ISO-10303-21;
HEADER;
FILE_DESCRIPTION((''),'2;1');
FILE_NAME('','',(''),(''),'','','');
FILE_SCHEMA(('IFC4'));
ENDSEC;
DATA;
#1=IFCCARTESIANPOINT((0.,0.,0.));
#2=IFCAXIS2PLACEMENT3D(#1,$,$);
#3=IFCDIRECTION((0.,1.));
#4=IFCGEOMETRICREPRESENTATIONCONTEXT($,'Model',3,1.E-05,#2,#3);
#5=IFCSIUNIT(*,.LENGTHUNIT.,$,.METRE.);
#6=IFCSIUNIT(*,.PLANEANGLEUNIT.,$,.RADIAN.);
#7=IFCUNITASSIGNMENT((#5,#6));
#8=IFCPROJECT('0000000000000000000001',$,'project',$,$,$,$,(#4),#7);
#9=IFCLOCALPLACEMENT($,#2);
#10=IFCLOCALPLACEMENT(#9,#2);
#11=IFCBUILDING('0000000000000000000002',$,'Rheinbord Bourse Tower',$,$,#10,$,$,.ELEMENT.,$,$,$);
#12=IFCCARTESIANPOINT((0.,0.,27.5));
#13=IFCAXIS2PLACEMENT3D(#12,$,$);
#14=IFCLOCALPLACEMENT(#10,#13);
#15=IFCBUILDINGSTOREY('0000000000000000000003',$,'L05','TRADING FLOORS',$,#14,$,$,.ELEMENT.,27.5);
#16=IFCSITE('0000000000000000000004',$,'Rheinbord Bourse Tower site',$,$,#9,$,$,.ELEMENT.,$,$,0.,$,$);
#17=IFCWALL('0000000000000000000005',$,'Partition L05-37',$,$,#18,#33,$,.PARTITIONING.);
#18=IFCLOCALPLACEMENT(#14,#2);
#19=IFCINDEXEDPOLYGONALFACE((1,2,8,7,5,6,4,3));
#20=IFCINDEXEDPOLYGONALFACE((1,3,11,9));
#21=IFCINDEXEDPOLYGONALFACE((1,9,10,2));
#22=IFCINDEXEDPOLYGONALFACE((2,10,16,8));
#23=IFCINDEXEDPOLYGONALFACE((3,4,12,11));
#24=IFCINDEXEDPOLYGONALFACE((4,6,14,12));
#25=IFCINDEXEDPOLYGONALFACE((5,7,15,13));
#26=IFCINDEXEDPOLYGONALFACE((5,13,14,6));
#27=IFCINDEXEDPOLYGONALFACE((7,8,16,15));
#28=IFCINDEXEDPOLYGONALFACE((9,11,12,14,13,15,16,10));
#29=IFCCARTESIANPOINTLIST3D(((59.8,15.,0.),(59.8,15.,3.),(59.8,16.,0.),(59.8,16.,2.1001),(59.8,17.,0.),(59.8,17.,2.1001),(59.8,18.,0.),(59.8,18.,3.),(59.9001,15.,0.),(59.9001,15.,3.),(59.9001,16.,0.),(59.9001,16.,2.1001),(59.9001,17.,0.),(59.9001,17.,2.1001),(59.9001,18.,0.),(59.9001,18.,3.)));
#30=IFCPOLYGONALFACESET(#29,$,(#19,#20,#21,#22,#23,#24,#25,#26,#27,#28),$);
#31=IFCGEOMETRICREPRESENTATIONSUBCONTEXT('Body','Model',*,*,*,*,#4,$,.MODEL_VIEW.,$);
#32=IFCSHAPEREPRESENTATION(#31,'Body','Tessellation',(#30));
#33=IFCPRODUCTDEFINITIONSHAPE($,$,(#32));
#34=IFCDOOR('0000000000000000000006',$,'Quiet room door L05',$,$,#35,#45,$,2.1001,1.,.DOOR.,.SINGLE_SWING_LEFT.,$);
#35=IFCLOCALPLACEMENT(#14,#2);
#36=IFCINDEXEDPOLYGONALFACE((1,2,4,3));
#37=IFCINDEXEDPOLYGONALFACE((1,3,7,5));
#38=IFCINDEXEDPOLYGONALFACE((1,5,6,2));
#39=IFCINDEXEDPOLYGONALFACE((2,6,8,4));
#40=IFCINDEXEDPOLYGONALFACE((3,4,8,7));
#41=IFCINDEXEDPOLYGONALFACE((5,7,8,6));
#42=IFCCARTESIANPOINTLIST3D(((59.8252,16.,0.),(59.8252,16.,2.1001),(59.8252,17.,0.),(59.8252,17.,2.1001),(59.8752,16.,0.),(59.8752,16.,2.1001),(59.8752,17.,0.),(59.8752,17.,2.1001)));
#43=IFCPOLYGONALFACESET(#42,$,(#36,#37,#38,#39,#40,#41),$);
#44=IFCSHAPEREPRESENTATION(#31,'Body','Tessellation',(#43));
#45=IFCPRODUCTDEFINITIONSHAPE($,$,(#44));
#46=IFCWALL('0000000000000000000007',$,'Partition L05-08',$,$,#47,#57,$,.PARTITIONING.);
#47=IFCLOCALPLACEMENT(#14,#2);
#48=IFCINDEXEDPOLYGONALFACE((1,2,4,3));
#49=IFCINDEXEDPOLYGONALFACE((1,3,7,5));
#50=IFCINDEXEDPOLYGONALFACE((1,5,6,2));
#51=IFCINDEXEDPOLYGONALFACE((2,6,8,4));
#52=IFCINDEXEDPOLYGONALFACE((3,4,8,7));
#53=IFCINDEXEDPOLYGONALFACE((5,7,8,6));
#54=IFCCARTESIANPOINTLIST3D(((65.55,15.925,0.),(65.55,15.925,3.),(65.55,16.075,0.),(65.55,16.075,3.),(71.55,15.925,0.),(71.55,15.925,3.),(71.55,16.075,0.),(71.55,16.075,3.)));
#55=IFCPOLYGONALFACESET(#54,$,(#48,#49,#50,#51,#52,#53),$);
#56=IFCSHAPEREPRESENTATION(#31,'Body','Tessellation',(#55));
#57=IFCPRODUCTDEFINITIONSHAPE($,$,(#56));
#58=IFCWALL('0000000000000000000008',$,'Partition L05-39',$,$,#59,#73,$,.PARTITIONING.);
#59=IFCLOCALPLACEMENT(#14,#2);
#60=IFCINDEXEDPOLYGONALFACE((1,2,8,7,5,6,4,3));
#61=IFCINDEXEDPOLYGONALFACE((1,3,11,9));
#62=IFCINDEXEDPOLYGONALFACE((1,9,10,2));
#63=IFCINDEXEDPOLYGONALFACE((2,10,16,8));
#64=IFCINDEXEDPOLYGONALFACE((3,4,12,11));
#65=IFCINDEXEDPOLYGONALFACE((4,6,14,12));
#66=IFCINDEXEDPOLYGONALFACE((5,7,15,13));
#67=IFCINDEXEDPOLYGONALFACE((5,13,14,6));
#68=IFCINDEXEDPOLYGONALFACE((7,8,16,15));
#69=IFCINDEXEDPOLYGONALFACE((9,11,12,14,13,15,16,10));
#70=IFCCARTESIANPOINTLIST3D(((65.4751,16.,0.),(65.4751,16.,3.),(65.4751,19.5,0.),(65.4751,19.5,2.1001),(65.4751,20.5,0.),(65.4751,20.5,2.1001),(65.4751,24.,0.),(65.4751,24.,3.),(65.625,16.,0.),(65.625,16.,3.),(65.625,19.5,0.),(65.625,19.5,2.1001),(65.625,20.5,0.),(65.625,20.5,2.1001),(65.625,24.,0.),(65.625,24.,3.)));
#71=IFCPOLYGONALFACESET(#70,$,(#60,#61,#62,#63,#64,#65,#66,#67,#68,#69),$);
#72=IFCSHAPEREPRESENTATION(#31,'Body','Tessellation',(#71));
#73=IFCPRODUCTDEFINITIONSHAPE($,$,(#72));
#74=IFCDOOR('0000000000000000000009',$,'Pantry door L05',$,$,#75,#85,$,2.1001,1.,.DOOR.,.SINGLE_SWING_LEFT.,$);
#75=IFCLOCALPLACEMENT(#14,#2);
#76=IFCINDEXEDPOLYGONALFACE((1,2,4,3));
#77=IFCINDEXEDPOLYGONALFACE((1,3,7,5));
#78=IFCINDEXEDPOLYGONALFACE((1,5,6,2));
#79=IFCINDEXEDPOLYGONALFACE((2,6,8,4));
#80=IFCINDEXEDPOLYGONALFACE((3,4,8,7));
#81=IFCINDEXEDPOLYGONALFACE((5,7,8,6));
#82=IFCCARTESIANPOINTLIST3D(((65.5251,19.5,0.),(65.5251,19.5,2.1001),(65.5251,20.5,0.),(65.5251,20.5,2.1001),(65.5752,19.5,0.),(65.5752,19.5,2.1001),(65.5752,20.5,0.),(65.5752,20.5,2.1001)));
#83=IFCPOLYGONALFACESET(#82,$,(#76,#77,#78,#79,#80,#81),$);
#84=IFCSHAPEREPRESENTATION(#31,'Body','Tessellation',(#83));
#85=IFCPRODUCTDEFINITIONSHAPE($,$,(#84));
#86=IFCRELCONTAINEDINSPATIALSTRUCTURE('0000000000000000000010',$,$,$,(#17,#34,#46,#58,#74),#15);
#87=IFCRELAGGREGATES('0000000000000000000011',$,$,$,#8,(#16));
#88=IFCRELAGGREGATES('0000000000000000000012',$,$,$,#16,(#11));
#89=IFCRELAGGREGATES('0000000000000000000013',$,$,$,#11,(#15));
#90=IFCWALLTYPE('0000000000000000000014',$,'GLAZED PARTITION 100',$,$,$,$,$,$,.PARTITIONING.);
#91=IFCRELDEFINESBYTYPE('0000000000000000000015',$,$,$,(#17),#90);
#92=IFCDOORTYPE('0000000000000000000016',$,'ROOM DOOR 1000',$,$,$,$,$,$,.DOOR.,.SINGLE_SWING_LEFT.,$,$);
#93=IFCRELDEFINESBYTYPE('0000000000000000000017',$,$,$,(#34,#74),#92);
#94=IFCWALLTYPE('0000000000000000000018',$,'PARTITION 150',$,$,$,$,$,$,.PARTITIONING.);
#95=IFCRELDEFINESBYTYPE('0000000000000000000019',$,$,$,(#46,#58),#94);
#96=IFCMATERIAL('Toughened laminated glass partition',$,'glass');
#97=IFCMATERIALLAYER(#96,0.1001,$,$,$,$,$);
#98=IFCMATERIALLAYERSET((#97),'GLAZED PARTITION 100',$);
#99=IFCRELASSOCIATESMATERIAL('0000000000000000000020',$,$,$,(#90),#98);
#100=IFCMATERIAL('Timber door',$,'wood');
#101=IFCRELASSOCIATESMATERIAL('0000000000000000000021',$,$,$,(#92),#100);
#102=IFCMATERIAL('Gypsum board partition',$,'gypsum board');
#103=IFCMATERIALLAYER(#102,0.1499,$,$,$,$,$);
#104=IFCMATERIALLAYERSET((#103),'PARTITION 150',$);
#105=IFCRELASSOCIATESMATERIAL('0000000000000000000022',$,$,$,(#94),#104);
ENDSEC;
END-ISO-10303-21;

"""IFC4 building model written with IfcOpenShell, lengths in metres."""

from ifc_helpers import new_model, si_unit, direction, frame, frame_2d, origin, place, context, subcontext, project, spatial, rectangle, extrude, material, layer, layer_set, type_object, element, fill, save


model = new_model("IFC4")

# Units and contexts
model_context = context("Model", 3, precision=1e-05, world=origin(), true_north=direction((0.0, 1.0)))
body_context = subcontext(model_context, "Body", "Model", "MODEL_VIEW")
ifc_project = project(units=[si_unit("LENGTHUNIT", "METRE"), si_unit("PLANEANGLEUNIT", "RADIAN")], contexts=[model_context])

# Site, building, storey
site_placement = place(None, origin())
site = spatial("IfcSite", under=ifc_project, at=site_placement, Name="Rheinbord Bourse Tower site", CompositionType="ELEMENT", RefElevation=0.0)
building_placement = place(site_placement, origin())
building = spatial("IfcBuilding", under=site, at=building_placement, Name="Rheinbord Bourse Tower", CompositionType="ELEMENT")
storey_placement = place(building_placement, frame((0.0, 0.0, 27.5)))
storey = spatial("IfcBuildingStorey", under=building, at=storey_placement, Name="L05", Description="TRADING FLOORS", CompositionType="ELEMENT", Elevation=27.5)

# Shared definitions
ifc_material_1 = material(Name="Toughened laminated glass partition", Category="glass")
ifc_layer_1 = layer(ifc_material_1, 0.1001)
ifc_layer_set_1 = layer_set([ifc_layer_1], Name="GLAZED PARTITION 100")
wall_type_1 = type_object("IfcWallType", Name="GLAZED PARTITION 100", PredefinedType="PARTITIONING", material=ifc_layer_set_1)

# Wall, opening, door
wall_1_placement = place(storey_placement, frame((59.8501, 15.0, 0.0), z_axis=(0.0, 0.0, 1.0), x_axis=(0.0, 1.0, 0.0)))
wall_1 = element("IfcWall", 1, at=wall_1_placement, inside=storey, type_object=wall_type_1, Name="Partition L05-37", PredefinedType="PARTITIONING", context=body_context, shape_type="SweptSolid", body=[
    extrude(rectangle(XDim=3.0, YDim=0.1001, at=frame_2d((1.5, 0.0))), origin(), (0.0, 0.0, 1.0), 3.0),
])
opening_1_placement = place(wall_1_placement, frame((1.0, 0.0, 0.0)))
opening_1 = element("IfcOpeningElement", 2, at=opening_1_placement, cuts=wall_1, PredefinedType="OPENING", context=body_context, shape_type="SweptSolid", body=[
    extrude(rectangle(XDim=1.0, YDim=2.1001, at=frame_2d((0.5, 1.05))), frame((0.0, 0.0601, 0.0), z_axis=(0.0, -1.0, 0.0), x_axis=(1.0, 0.0, 0.0)), (0.0, 0.0, 1.0), 0.1201),
])
ifc_material_2 = material(Name="Timber door", Category="wood")
door_type = type_object("IfcDoorType", Name="ROOM DOOR 1000", OperationType="SINGLE_SWING_LEFT", PredefinedType="DOOR", material=ifc_material_2)
door_1_placement = place(opening_1_placement, origin())
door_1 = element("IfcDoor", 3, at=door_1_placement, inside=storey, type_object=door_type, Name="Quiet room door L05", OperationType="SINGLE_SWING_LEFT", OverallHeight=2.1001, OverallWidth=1.0, PredefinedType="DOOR", context=body_context, shape_type="SweptSolid", body=[
    extrude(rectangle(XDim=1.0, YDim=2.1001, at=frame_2d((0.5, 1.05))), frame((0.0, 0.0249, 0.0), z_axis=(0.0, -1.0, 0.0), x_axis=(1.0, 0.0, 0.0)), (0.0, 0.0, 1.0), 0.05),
])
fill(opening_1, door_1)

# Wall
ifc_material_3 = material(Name="Gypsum board partition", Category="gypsum board")
ifc_layer_2 = layer(ifc_material_3, 0.1499)
ifc_layer_set_2 = layer_set([ifc_layer_2], Name="PARTITION 150")
wall_type_2 = type_object("IfcWallType", Name="PARTITION 150", PredefinedType="PARTITIONING", material=ifc_layer_set_2)
wall_2_placement = place(storey_placement, frame((65.55, 16.0, 0.0), z_axis=(0.0, 0.0, 1.0), x_axis=(1.0, 0.0, 0.0)))
element("IfcWall", 4, at=wall_2_placement, inside=storey, type_object=wall_type_2, Name="Partition L05-08", PredefinedType="PARTITIONING", context=body_context, shape_type="SweptSolid", body=[
    extrude(rectangle(XDim=6.0, YDim=0.1499, at=frame_2d((3.0, 0.0))), origin(), (0.0, 0.0, 1.0), 3.0),
])

# Wall, opening, door
wall_3_placement = place(storey_placement, frame((65.55, 16.0, 0.0), z_axis=(0.0, 0.0, 1.0), x_axis=(0.0, 1.0, 0.0)))
wall_3 = element("IfcWall", 5, at=wall_3_placement, inside=storey, type_object=wall_type_2, Name="Partition L05-39", PredefinedType="PARTITIONING", context=body_context, shape_type="SweptSolid", body=[
    extrude(rectangle(XDim=8.0, YDim=0.1499, at=frame_2d((4.0, 0.0))), origin(), (0.0, 0.0, 1.0), 3.0),
])
opening_2_placement = place(wall_3_placement, frame((3.5, 0.0, 0.0)))
opening_2 = element("IfcOpeningElement", 6, at=opening_2_placement, cuts=wall_3, PredefinedType="OPENING", context=body_context, shape_type="SweptSolid", body=[
    extrude(rectangle(XDim=1.0, YDim=2.1001, at=frame_2d((0.5, 1.05))), frame((0.0, 0.085, 0.0), z_axis=(0.0, -1.0, 0.0), x_axis=(1.0, 0.0, 0.0)), (0.0, 0.0, 1.0), 0.1699),
])
door_2_placement = place(opening_2_placement, origin())
door_2 = element("IfcDoor", 7, at=door_2_placement, inside=storey, type_object=door_type, Name="Pantry door L05", OperationType="SINGLE_SWING_LEFT", OverallHeight=2.1001, OverallWidth=1.0, PredefinedType="DOOR", context=body_context, shape_type="SweptSolid", body=[
    extrude(rectangle(XDim=1.0, YDim=2.1001, at=frame_2d((0.5, 1.05))), frame((0.0, 0.0249, 0.0), z_axis=(0.0, -1.0, 0.0), x_axis=(1.0, 0.0, 0.0)), (0.0, 0.0, 1.0), 0.05),
])
fill(opening_2, door_2)

save(model, "model.ifc")
